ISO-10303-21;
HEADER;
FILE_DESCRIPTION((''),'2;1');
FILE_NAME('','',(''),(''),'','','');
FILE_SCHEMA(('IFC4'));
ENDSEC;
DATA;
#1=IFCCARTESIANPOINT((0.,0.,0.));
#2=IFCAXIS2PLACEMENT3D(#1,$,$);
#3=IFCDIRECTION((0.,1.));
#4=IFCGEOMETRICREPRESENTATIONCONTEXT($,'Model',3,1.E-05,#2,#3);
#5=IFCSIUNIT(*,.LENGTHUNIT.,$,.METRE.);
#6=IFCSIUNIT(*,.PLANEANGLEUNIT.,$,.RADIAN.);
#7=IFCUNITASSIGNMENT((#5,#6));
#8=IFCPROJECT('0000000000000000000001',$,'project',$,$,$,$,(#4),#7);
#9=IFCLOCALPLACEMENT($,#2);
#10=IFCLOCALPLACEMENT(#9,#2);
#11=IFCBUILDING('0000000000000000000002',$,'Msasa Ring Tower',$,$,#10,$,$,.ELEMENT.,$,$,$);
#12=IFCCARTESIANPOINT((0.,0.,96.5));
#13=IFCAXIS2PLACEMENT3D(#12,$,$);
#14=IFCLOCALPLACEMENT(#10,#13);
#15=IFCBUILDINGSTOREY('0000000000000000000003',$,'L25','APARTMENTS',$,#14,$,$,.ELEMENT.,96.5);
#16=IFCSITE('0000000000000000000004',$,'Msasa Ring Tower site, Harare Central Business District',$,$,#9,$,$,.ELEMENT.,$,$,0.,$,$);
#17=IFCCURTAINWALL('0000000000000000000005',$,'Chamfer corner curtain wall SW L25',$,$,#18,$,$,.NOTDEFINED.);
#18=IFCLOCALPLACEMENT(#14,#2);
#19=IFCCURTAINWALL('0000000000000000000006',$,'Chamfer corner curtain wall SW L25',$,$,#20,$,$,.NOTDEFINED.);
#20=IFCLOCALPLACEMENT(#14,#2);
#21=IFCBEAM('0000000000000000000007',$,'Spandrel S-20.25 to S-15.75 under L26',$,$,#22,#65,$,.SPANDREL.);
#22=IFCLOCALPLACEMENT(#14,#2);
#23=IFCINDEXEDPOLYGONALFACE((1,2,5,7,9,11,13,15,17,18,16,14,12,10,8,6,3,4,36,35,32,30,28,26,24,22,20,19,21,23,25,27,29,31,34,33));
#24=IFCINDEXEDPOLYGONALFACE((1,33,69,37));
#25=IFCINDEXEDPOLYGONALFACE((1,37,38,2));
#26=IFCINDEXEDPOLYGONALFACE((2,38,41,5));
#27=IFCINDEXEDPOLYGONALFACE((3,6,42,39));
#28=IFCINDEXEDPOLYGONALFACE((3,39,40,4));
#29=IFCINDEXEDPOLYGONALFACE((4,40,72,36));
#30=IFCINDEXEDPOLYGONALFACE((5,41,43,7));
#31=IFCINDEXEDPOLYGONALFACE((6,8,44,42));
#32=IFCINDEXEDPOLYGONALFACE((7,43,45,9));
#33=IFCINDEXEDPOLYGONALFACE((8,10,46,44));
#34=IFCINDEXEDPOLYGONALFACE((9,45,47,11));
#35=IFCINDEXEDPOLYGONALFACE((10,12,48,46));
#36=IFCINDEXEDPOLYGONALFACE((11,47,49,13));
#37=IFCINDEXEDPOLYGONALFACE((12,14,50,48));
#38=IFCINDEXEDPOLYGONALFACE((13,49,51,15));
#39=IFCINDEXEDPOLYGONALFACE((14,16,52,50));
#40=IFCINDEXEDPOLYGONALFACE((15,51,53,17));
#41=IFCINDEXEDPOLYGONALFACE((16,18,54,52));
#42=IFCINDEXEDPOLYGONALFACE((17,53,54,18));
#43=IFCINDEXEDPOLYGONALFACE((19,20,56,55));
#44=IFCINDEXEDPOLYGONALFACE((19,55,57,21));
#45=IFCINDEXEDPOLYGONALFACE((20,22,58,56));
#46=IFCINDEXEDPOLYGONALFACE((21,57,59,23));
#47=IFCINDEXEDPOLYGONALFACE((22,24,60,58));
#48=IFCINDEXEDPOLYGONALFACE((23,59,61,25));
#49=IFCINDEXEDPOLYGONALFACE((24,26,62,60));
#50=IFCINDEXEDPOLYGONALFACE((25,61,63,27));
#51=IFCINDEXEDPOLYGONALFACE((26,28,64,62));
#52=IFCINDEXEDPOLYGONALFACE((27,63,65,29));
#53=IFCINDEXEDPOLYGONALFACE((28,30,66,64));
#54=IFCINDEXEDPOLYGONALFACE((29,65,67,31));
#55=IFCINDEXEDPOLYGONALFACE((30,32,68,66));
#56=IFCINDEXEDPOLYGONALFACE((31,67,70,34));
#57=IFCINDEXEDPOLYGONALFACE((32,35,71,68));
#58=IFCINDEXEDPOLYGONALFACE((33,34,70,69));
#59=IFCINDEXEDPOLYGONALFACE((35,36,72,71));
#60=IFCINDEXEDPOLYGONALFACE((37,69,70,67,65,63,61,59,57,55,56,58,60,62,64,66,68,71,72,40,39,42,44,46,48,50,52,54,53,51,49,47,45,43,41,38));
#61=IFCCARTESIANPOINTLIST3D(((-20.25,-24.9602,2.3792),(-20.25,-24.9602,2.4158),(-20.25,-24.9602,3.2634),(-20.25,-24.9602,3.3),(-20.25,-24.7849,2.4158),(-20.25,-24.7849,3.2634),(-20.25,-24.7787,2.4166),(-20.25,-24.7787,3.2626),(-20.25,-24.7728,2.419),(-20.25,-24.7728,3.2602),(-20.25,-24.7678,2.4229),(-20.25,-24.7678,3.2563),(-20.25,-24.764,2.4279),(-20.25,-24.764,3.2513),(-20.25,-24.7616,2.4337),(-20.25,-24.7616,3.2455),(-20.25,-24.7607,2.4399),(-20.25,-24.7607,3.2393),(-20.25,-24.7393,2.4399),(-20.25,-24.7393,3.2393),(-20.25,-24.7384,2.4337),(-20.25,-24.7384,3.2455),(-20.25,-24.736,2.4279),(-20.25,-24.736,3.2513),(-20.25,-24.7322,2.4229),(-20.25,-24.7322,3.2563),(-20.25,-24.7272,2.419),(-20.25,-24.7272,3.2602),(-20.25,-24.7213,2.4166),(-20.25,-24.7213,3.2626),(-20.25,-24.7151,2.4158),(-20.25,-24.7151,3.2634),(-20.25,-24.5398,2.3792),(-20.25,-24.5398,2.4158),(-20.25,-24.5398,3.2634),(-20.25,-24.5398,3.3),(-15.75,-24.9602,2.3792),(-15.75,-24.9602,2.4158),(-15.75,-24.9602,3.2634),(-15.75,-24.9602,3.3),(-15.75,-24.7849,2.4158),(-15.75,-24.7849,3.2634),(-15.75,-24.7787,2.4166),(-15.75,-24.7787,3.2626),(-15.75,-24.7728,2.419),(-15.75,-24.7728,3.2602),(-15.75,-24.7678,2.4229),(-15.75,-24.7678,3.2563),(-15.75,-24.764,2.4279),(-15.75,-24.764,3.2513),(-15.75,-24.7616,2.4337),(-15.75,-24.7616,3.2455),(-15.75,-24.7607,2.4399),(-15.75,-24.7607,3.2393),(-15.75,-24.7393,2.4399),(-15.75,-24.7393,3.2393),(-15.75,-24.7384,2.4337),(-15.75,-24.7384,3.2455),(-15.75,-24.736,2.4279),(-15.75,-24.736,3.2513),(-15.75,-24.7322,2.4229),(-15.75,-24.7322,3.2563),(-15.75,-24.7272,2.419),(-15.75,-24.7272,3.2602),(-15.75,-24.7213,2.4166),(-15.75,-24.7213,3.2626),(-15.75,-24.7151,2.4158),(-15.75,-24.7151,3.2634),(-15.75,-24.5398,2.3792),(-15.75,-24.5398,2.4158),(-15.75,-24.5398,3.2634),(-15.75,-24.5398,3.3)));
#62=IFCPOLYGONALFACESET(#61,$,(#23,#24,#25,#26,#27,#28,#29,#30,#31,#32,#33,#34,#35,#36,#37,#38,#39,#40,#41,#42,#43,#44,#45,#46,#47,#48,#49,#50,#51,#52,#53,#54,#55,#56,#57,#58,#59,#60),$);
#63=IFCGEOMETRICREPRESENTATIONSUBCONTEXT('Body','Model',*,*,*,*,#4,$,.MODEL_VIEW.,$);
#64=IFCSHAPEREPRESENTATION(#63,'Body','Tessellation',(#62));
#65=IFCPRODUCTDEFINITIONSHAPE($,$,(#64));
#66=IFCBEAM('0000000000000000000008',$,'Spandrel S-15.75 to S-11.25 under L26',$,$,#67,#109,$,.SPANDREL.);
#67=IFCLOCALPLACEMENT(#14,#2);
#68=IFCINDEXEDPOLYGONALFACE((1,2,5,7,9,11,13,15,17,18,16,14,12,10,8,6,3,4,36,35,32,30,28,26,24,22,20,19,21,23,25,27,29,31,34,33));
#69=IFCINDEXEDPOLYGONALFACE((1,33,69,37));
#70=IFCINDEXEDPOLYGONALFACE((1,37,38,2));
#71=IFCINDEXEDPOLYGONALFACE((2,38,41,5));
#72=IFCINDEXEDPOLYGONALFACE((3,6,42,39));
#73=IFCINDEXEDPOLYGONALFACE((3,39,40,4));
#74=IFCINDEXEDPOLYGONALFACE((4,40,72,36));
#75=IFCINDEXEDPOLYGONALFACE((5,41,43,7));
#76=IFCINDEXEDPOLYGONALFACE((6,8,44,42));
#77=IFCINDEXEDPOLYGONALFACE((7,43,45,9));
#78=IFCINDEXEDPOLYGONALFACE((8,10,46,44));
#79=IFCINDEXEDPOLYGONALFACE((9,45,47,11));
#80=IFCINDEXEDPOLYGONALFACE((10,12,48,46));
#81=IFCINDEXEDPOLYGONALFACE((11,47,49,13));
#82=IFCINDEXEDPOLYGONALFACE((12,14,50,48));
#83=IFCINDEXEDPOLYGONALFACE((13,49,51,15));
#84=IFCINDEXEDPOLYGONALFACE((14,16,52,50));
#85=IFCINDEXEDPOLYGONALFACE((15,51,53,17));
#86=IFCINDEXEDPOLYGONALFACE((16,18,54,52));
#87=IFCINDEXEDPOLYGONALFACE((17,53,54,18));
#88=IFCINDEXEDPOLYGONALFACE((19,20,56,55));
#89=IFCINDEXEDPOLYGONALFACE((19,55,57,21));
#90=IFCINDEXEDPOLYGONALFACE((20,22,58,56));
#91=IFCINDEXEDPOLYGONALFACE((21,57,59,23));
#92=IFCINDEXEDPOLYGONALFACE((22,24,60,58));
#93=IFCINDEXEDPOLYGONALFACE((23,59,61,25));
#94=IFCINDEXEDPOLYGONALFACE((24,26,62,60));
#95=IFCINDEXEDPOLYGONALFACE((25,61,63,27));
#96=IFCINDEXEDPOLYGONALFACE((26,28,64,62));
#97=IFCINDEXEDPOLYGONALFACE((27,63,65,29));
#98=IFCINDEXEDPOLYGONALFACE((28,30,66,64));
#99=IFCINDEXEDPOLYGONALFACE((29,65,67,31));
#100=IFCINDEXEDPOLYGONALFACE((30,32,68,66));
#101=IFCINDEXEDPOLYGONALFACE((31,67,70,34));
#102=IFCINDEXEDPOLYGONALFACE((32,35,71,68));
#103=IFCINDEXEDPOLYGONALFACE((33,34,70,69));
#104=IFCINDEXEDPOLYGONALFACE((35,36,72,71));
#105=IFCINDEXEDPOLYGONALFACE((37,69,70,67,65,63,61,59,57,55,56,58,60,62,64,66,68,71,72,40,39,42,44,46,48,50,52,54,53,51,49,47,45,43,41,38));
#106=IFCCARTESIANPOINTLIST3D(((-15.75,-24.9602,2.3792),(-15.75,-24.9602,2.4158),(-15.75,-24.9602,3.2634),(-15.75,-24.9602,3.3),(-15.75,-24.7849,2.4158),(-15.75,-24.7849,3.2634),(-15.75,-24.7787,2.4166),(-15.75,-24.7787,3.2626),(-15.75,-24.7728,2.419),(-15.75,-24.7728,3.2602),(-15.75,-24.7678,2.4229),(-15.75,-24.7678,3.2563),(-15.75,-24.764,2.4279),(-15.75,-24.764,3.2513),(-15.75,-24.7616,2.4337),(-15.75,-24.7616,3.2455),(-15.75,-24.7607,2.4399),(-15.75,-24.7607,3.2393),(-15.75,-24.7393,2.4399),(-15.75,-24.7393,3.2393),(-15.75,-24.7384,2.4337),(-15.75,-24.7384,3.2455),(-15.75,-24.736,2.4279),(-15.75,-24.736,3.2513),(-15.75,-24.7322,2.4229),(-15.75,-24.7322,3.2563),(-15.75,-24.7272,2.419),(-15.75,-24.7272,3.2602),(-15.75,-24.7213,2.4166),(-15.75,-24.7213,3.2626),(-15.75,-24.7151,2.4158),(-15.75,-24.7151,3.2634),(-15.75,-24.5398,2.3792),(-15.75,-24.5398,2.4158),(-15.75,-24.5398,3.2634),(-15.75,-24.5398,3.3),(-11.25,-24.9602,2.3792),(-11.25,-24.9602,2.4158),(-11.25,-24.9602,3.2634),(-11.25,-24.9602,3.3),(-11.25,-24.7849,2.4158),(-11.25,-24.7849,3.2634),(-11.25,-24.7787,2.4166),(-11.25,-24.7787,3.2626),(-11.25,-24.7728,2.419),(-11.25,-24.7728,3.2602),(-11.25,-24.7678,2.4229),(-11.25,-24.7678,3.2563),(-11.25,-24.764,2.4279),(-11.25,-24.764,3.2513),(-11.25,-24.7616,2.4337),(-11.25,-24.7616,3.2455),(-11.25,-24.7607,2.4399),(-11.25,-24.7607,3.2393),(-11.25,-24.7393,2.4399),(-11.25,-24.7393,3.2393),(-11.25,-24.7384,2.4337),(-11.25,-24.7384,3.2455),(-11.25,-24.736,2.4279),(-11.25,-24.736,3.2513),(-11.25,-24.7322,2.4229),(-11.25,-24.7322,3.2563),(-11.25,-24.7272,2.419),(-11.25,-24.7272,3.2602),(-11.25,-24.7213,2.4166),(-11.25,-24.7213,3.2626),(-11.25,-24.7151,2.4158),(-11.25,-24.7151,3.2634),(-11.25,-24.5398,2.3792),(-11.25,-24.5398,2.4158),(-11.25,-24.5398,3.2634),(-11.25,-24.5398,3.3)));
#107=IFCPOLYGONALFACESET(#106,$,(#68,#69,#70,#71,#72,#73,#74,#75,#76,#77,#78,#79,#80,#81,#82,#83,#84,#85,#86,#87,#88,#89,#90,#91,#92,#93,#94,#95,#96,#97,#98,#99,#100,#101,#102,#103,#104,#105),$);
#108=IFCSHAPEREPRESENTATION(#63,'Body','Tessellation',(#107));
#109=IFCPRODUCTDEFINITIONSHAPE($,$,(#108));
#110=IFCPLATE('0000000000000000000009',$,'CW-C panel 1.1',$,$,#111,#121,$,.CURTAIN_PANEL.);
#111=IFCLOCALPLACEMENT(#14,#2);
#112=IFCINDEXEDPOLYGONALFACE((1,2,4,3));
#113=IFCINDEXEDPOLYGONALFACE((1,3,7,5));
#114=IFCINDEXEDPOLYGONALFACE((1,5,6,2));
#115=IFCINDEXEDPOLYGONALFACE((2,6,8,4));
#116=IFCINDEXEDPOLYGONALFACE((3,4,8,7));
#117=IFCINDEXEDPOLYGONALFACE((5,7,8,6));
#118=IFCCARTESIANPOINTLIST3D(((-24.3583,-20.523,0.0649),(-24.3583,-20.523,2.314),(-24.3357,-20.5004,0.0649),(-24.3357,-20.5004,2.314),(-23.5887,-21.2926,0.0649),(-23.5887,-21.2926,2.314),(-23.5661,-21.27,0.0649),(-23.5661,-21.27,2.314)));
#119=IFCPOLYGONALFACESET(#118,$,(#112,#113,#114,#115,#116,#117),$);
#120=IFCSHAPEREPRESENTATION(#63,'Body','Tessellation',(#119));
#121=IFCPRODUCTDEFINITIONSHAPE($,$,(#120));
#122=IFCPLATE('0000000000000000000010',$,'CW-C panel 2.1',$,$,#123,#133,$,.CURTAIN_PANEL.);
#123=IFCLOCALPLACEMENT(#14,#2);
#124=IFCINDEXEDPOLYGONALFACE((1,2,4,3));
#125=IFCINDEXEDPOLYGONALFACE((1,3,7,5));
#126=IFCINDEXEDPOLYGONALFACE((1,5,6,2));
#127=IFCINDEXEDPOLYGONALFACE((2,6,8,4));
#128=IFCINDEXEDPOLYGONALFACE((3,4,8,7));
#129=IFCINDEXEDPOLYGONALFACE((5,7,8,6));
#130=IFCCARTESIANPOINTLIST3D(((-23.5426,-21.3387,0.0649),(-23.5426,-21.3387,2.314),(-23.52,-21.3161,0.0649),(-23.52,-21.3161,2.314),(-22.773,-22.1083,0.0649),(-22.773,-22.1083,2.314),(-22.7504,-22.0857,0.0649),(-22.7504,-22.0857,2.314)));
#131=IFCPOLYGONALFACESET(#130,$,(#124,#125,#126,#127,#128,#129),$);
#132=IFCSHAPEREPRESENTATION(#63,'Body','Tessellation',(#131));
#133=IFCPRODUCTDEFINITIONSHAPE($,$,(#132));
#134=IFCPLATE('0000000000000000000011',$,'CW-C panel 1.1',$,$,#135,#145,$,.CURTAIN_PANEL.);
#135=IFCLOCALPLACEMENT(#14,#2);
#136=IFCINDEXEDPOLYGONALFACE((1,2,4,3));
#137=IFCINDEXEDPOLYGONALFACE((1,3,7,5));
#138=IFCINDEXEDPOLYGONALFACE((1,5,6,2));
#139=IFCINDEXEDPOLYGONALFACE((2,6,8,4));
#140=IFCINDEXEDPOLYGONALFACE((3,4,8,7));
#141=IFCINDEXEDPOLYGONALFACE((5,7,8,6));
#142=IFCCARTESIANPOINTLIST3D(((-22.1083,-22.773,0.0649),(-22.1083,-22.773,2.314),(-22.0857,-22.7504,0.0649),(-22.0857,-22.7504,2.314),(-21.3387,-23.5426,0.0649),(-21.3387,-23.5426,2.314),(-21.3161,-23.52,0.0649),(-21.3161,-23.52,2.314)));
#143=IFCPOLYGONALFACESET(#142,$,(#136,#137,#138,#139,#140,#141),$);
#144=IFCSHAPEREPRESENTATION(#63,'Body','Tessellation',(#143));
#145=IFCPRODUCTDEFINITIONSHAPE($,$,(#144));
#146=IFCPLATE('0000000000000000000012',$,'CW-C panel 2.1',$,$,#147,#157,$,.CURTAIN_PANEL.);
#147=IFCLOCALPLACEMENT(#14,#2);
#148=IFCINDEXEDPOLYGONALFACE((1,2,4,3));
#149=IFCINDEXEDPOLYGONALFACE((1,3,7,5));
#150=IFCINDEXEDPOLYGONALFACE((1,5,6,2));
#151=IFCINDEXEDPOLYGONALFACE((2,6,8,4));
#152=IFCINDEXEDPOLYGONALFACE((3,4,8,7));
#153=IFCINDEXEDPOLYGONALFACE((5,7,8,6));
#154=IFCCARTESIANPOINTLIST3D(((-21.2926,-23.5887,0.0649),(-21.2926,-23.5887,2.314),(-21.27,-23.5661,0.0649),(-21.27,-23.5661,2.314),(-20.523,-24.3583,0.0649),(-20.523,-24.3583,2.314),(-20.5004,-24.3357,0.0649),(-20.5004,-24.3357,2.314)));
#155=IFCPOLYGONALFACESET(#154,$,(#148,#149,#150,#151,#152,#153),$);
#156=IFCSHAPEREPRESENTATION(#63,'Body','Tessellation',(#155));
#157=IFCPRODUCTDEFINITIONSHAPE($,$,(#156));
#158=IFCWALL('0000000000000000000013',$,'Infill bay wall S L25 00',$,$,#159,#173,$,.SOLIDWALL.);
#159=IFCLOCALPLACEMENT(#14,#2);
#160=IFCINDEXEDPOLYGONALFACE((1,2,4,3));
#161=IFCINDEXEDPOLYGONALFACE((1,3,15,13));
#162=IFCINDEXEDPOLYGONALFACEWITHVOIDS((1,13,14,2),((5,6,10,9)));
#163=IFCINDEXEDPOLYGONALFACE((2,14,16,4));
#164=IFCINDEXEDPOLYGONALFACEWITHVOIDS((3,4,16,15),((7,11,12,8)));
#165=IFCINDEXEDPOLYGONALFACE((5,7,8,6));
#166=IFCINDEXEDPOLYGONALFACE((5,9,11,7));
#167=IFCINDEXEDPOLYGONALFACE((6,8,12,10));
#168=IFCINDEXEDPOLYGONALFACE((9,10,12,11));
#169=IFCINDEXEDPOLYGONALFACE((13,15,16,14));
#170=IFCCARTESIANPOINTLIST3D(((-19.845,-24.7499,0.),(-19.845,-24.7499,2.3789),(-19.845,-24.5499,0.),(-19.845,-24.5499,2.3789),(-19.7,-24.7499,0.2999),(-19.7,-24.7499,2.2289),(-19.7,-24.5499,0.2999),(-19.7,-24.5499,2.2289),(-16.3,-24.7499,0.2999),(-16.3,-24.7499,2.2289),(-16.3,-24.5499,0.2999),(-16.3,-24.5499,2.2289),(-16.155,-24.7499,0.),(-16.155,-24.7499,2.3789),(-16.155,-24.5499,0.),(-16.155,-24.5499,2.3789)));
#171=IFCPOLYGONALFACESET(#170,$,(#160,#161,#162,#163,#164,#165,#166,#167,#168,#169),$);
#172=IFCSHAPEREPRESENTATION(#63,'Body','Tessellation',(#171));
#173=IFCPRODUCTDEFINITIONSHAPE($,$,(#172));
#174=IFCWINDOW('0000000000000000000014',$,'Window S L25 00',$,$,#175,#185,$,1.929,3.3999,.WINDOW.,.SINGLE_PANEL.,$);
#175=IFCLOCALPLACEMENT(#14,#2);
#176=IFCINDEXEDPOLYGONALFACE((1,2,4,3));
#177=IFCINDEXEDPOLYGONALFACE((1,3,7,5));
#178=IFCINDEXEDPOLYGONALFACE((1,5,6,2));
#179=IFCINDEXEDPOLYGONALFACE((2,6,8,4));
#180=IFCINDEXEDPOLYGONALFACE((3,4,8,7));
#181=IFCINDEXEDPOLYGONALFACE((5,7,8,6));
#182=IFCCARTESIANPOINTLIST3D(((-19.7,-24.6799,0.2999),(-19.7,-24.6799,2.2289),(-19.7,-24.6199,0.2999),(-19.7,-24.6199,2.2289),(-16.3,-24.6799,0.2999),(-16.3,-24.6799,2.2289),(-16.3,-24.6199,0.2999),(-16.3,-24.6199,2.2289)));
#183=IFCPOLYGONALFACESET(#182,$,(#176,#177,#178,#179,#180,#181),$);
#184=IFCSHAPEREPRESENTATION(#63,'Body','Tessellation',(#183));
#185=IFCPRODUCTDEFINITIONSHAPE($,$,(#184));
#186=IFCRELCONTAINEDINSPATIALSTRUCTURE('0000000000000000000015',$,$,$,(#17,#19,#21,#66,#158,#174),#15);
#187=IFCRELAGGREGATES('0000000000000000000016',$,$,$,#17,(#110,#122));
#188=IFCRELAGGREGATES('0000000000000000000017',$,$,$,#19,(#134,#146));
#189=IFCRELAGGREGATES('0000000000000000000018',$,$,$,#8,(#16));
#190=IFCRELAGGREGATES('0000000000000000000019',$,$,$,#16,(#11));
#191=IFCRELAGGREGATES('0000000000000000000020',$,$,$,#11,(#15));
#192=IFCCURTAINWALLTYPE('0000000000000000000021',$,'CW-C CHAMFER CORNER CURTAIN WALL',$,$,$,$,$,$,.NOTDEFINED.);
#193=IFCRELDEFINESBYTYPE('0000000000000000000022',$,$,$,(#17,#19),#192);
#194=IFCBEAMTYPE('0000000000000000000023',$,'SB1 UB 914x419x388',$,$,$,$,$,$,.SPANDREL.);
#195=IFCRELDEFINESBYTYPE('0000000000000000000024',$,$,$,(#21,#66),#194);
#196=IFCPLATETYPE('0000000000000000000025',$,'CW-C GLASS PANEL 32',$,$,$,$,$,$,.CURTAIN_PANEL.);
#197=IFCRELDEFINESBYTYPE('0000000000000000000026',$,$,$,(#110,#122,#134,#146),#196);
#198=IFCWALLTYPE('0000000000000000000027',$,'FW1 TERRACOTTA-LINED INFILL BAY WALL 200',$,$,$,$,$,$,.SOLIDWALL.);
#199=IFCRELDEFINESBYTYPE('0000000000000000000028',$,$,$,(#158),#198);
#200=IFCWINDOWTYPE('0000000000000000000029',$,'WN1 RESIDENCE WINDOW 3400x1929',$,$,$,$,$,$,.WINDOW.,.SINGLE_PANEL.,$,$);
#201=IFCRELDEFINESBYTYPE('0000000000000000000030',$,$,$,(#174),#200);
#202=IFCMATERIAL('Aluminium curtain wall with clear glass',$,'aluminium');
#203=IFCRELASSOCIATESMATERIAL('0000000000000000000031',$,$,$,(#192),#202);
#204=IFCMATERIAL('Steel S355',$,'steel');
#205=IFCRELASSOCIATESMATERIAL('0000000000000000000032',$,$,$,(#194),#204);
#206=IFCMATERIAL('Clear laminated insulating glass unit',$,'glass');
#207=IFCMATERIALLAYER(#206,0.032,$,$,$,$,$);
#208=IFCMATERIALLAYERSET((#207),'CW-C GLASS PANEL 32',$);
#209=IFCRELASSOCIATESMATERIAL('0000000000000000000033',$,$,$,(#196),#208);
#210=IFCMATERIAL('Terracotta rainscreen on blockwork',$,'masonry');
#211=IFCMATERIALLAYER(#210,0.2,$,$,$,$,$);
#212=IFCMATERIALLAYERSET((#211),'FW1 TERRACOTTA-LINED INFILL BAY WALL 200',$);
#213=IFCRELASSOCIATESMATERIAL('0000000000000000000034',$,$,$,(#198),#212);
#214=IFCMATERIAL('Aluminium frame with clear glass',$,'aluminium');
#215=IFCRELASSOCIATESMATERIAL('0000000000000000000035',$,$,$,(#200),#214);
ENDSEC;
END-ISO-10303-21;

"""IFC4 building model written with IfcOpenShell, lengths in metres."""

from ifc_helpers import new_model, si_unit, direction, frame, frame_2d, origin, origin_2d, place, context, subcontext, project, spatial, rectangle, i_section, extrude, material, layer, layer_set, material_profile, profile_set, type_object, element, fill, aggregate, save


model = new_model("IFC4")

# Units and contexts
model_context = context("Model", 3, precision=1e-05, world=origin(), true_north=direction((0.0, 1.0)))
body_context = subcontext(model_context, "Body", "Model", "MODEL_VIEW")
ifc_project = project(units=[si_unit("LENGTHUNIT", "METRE"), si_unit("PLANEANGLEUNIT", "RADIAN")], contexts=[model_context])

# Site, building, storey
site_placement = place(None, origin())
site = spatial("IfcSite", under=ifc_project, at=site_placement, Name="Msasa Ring Tower site, Harare Central Business District", CompositionType="ELEMENT", RefElevation=0.0)
building_placement = place(site_placement, origin())
building = spatial("IfcBuilding", under=site, at=building_placement, Name="Msasa Ring Tower", CompositionType="ELEMENT")
storey_placement = place(building_placement, frame((0.0, 0.0, 96.5)))
storey = spatial("IfcBuildingStorey", under=building, at=storey_placement, Name="L25", Description="APARTMENTS", CompositionType="ELEMENT", Elevation=96.5)

# Curtain walls
ifc_material_1 = material(Name="Aluminium curtain wall with clear glass", Category="aluminium")
curtain_wall_type = type_object("IfcCurtainWallType", Name="CW-C CHAMFER CORNER CURTAIN WALL", PredefinedType="NOTDEFINED", material=ifc_material_1)
curtain_wall_1_placement = place(storey_placement, origin())
curtain_wall_1 = element("IfcCurtainWall", 1, at=curtain_wall_1_placement, inside=storey, type_object=curtain_wall_type, Name="Chamfer corner curtain wall SW L25", PredefinedType="NOTDEFINED")
curtain_wall_2_placement = place(storey_placement, origin())
curtain_wall_2 = element("IfcCurtainWall", 2, at=curtain_wall_2_placement, inside=storey, type_object=curtain_wall_type, Name="Chamfer corner curtain wall SW L25", PredefinedType="NOTDEFINED")

# Beams
ifc_material_2 = material(Name="Steel S355", Category="steel")
ifc_material_profile_1 = material_profile(ifc_material_2, i_section(OverallWidth=0.4204, OverallDepth=0.9209, WebThickness=0.0215, FlangeThickness=0.0366, FilletRadius=0.0242, at=origin_2d()), Name="UB 914x419x388")
ifc_profile_set_1 = profile_set([ifc_material_profile_1], Name="Steel S355")
beam_type_1 = type_object("IfcBeamType", Name="SB1 UB 914x419x388", PredefinedType="SPANDREL", material=ifc_profile_set_1)
for number, where, z_axis, x_axis, name in (
    (3, (-20.25, -24.75, 2.8396), (1.0, 0.0, 0.0), (0.0, 1.0, 0.0), "Spandrel S-20.25 to S-15.75 under L26"),
    (4, (-15.75, -24.75, 2.8396), (1.0, 0.0, 0.0), (0.0, 1.0, 0.0), "Spandrel S-15.75 to S-11.25 under L26"),
):
    element("IfcBeam", number, at=place(storey_placement, frame(where, z_axis=z_axis, x_axis=x_axis)), inside=storey, type_object=beam_type_1, Name=name, PredefinedType="SPANDREL", context=body_context, shape_type="SweptSolid", body=[
        extrude(i_section(OverallWidth=0.4204, OverallDepth=0.9209, WebThickness=0.0215, FlangeThickness=0.0366, FilletRadius=0.0242, at=origin_2d()), origin(), (0.0, 0.0, 1.0), 4.5),
    ])

# Plates
ifc_material_3 = material(Name="Clear laminated insulating glass unit", Category="glass")
ifc_layer_1 = layer(ifc_material_3, 0.032)
ifc_layer_set_1 = layer_set([ifc_layer_1], Name="CW-C GLASS PANEL 32")
plate_type = type_object("IfcPlateType", Name="CW-C GLASS PANEL 32", PredefinedType="CURTAIN_PANEL", material=ifc_layer_set_1)
plate_1_placement = place(storey_placement, frame((-23.9622, -20.8965, 0.0649), z_axis=(0.0, 0.0, 1.0), x_axis=(0.707107, -0.707107, 0.0)))
plate_1 = element("IfcPlate", 5, at=plate_1_placement, type_object=plate_type, Name="CW-C panel 1.1", PredefinedType="CURTAIN_PANEL", context=body_context, shape_type="SweptSolid", body=[
    extrude(rectangle(XDim=1.0884, YDim=0.032, at=origin_2d()), origin(), (0.0, 0.0, 1.0), 2.249),
])
plate_2_placement = place(storey_placement, frame((-23.1465, -21.7122, 0.0649), z_axis=(0.0, 0.0, 1.0), x_axis=(0.707107, -0.707107, 0.0)))
plate_2 = element("IfcPlate", 6, at=plate_2_placement, type_object=plate_type, Name="CW-C panel 2.1", PredefinedType="CURTAIN_PANEL", context=body_context, shape_type="SweptSolid", body=[
    extrude(rectangle(XDim=1.0884, YDim=0.032, at=origin_2d()), origin(), (0.0, 0.0, 1.0), 2.249),
])
aggregate(curtain_wall_1, [plate_1, plate_2])
plate_3_placement = place(storey_placement, frame((-21.7122, -23.1465, 0.0649), z_axis=(0.0, 0.0, 1.0), x_axis=(0.707107, -0.707107, 0.0)))
plate_3 = element("IfcPlate", 7, at=plate_3_placement, type_object=plate_type, Name="CW-C panel 1.1", PredefinedType="CURTAIN_PANEL", context=body_context, shape_type="SweptSolid", body=[
    extrude(rectangle(XDim=1.0884, YDim=0.032, at=origin_2d()), origin(), (0.0, 0.0, 1.0), 2.249),
])
plate_4_placement = place(storey_placement, frame((-20.8965, -23.9622, 0.0649), z_axis=(0.0, 0.0, 1.0), x_axis=(0.707107, -0.707107, 0.0)))
plate_4 = element("IfcPlate", 8, at=plate_4_placement, type_object=plate_type, Name="CW-C panel 2.1", PredefinedType="CURTAIN_PANEL", context=body_context, shape_type="SweptSolid", body=[
    extrude(rectangle(XDim=1.0884, YDim=0.032, at=origin_2d()), origin(), (0.0, 0.0, 1.0), 2.249),
])
aggregate(curtain_wall_2, [plate_3, plate_4])

# Wall, opening, window
ifc_material_4 = material(Name="Terracotta rainscreen on blockwork", Category="masonry")
ifc_layer_2 = layer(ifc_material_4, 0.2)
ifc_layer_set_2 = layer_set([ifc_layer_2], Name="FW1 TERRACOTTA-LINED INFILL BAY WALL 200")
wall_type_1 = type_object("IfcWallType", Name="FW1 TERRACOTTA-LINED INFILL BAY WALL 200", PredefinedType="SOLIDWALL", material=ifc_layer_set_2)
wall_1_placement = place(storey_placement, frame((-19.845, -24.6499, 0.0), z_axis=(0.0, 0.0, 1.0), x_axis=(1.0, 0.0, 0.0)))
wall_1 = element("IfcWall", 9, at=wall_1_placement, inside=storey, type_object=wall_type_1, Name="Infill bay wall S L25 00", PredefinedType="SOLIDWALL", context=body_context, shape_type="SweptSolid", body=[
    extrude(rectangle(XDim=3.6899, YDim=0.2, at=frame_2d((1.845, 0.0))), origin(), (0.0, 0.0, 1.0), 2.3789),
])
opening_1_placement = place(wall_1_placement, frame((0.145, 0.0, 0.3)))
opening_1 = element("IfcOpeningElement", 10, at=opening_1_placement, cuts=wall_1, PredefinedType="OPENING", context=body_context, shape_type="SweptSolid", body=[
    extrude(rectangle(XDim=3.3999, YDim=1.929, at=frame_2d((1.7, 0.9644))), frame((0.0, 0.1099, 0.0), z_axis=(0.0, -1.0, 0.0), x_axis=(1.0, 0.0, 0.0)), (0.0, 0.0, 1.0), 0.22),
])
ifc_material_5 = material(Name="Aluminium frame with clear glass", Category="aluminium")
window_type = type_object("IfcWindowType", Name="WN1 RESIDENCE WINDOW 3400x1929", PartitioningType="SINGLE_PANEL", PredefinedType="WINDOW", material=ifc_material_5)
window_1_placement = place(opening_1_placement, origin())
window_1 = element("IfcWindow", 11, at=window_1_placement, inside=storey, type_object=window_type, Name="Window S L25 00", OverallHeight=1.929, OverallWidth=3.3999, PartitioningType="SINGLE_PANEL", PredefinedType="WINDOW", context=body_context, shape_type="SweptSolid", body=[
    extrude(rectangle(XDim=3.3999, YDim=1.929, at=frame_2d((1.7, 0.9644))), frame((0.0, 0.03, 0.0), z_axis=(0.0, -1.0, 0.0), x_axis=(1.0, 0.0, 0.0)), (0.0, 0.0, 1.0), 0.0601),
])
fill(opening_1, window_1)

save(model, "model.ifc")
